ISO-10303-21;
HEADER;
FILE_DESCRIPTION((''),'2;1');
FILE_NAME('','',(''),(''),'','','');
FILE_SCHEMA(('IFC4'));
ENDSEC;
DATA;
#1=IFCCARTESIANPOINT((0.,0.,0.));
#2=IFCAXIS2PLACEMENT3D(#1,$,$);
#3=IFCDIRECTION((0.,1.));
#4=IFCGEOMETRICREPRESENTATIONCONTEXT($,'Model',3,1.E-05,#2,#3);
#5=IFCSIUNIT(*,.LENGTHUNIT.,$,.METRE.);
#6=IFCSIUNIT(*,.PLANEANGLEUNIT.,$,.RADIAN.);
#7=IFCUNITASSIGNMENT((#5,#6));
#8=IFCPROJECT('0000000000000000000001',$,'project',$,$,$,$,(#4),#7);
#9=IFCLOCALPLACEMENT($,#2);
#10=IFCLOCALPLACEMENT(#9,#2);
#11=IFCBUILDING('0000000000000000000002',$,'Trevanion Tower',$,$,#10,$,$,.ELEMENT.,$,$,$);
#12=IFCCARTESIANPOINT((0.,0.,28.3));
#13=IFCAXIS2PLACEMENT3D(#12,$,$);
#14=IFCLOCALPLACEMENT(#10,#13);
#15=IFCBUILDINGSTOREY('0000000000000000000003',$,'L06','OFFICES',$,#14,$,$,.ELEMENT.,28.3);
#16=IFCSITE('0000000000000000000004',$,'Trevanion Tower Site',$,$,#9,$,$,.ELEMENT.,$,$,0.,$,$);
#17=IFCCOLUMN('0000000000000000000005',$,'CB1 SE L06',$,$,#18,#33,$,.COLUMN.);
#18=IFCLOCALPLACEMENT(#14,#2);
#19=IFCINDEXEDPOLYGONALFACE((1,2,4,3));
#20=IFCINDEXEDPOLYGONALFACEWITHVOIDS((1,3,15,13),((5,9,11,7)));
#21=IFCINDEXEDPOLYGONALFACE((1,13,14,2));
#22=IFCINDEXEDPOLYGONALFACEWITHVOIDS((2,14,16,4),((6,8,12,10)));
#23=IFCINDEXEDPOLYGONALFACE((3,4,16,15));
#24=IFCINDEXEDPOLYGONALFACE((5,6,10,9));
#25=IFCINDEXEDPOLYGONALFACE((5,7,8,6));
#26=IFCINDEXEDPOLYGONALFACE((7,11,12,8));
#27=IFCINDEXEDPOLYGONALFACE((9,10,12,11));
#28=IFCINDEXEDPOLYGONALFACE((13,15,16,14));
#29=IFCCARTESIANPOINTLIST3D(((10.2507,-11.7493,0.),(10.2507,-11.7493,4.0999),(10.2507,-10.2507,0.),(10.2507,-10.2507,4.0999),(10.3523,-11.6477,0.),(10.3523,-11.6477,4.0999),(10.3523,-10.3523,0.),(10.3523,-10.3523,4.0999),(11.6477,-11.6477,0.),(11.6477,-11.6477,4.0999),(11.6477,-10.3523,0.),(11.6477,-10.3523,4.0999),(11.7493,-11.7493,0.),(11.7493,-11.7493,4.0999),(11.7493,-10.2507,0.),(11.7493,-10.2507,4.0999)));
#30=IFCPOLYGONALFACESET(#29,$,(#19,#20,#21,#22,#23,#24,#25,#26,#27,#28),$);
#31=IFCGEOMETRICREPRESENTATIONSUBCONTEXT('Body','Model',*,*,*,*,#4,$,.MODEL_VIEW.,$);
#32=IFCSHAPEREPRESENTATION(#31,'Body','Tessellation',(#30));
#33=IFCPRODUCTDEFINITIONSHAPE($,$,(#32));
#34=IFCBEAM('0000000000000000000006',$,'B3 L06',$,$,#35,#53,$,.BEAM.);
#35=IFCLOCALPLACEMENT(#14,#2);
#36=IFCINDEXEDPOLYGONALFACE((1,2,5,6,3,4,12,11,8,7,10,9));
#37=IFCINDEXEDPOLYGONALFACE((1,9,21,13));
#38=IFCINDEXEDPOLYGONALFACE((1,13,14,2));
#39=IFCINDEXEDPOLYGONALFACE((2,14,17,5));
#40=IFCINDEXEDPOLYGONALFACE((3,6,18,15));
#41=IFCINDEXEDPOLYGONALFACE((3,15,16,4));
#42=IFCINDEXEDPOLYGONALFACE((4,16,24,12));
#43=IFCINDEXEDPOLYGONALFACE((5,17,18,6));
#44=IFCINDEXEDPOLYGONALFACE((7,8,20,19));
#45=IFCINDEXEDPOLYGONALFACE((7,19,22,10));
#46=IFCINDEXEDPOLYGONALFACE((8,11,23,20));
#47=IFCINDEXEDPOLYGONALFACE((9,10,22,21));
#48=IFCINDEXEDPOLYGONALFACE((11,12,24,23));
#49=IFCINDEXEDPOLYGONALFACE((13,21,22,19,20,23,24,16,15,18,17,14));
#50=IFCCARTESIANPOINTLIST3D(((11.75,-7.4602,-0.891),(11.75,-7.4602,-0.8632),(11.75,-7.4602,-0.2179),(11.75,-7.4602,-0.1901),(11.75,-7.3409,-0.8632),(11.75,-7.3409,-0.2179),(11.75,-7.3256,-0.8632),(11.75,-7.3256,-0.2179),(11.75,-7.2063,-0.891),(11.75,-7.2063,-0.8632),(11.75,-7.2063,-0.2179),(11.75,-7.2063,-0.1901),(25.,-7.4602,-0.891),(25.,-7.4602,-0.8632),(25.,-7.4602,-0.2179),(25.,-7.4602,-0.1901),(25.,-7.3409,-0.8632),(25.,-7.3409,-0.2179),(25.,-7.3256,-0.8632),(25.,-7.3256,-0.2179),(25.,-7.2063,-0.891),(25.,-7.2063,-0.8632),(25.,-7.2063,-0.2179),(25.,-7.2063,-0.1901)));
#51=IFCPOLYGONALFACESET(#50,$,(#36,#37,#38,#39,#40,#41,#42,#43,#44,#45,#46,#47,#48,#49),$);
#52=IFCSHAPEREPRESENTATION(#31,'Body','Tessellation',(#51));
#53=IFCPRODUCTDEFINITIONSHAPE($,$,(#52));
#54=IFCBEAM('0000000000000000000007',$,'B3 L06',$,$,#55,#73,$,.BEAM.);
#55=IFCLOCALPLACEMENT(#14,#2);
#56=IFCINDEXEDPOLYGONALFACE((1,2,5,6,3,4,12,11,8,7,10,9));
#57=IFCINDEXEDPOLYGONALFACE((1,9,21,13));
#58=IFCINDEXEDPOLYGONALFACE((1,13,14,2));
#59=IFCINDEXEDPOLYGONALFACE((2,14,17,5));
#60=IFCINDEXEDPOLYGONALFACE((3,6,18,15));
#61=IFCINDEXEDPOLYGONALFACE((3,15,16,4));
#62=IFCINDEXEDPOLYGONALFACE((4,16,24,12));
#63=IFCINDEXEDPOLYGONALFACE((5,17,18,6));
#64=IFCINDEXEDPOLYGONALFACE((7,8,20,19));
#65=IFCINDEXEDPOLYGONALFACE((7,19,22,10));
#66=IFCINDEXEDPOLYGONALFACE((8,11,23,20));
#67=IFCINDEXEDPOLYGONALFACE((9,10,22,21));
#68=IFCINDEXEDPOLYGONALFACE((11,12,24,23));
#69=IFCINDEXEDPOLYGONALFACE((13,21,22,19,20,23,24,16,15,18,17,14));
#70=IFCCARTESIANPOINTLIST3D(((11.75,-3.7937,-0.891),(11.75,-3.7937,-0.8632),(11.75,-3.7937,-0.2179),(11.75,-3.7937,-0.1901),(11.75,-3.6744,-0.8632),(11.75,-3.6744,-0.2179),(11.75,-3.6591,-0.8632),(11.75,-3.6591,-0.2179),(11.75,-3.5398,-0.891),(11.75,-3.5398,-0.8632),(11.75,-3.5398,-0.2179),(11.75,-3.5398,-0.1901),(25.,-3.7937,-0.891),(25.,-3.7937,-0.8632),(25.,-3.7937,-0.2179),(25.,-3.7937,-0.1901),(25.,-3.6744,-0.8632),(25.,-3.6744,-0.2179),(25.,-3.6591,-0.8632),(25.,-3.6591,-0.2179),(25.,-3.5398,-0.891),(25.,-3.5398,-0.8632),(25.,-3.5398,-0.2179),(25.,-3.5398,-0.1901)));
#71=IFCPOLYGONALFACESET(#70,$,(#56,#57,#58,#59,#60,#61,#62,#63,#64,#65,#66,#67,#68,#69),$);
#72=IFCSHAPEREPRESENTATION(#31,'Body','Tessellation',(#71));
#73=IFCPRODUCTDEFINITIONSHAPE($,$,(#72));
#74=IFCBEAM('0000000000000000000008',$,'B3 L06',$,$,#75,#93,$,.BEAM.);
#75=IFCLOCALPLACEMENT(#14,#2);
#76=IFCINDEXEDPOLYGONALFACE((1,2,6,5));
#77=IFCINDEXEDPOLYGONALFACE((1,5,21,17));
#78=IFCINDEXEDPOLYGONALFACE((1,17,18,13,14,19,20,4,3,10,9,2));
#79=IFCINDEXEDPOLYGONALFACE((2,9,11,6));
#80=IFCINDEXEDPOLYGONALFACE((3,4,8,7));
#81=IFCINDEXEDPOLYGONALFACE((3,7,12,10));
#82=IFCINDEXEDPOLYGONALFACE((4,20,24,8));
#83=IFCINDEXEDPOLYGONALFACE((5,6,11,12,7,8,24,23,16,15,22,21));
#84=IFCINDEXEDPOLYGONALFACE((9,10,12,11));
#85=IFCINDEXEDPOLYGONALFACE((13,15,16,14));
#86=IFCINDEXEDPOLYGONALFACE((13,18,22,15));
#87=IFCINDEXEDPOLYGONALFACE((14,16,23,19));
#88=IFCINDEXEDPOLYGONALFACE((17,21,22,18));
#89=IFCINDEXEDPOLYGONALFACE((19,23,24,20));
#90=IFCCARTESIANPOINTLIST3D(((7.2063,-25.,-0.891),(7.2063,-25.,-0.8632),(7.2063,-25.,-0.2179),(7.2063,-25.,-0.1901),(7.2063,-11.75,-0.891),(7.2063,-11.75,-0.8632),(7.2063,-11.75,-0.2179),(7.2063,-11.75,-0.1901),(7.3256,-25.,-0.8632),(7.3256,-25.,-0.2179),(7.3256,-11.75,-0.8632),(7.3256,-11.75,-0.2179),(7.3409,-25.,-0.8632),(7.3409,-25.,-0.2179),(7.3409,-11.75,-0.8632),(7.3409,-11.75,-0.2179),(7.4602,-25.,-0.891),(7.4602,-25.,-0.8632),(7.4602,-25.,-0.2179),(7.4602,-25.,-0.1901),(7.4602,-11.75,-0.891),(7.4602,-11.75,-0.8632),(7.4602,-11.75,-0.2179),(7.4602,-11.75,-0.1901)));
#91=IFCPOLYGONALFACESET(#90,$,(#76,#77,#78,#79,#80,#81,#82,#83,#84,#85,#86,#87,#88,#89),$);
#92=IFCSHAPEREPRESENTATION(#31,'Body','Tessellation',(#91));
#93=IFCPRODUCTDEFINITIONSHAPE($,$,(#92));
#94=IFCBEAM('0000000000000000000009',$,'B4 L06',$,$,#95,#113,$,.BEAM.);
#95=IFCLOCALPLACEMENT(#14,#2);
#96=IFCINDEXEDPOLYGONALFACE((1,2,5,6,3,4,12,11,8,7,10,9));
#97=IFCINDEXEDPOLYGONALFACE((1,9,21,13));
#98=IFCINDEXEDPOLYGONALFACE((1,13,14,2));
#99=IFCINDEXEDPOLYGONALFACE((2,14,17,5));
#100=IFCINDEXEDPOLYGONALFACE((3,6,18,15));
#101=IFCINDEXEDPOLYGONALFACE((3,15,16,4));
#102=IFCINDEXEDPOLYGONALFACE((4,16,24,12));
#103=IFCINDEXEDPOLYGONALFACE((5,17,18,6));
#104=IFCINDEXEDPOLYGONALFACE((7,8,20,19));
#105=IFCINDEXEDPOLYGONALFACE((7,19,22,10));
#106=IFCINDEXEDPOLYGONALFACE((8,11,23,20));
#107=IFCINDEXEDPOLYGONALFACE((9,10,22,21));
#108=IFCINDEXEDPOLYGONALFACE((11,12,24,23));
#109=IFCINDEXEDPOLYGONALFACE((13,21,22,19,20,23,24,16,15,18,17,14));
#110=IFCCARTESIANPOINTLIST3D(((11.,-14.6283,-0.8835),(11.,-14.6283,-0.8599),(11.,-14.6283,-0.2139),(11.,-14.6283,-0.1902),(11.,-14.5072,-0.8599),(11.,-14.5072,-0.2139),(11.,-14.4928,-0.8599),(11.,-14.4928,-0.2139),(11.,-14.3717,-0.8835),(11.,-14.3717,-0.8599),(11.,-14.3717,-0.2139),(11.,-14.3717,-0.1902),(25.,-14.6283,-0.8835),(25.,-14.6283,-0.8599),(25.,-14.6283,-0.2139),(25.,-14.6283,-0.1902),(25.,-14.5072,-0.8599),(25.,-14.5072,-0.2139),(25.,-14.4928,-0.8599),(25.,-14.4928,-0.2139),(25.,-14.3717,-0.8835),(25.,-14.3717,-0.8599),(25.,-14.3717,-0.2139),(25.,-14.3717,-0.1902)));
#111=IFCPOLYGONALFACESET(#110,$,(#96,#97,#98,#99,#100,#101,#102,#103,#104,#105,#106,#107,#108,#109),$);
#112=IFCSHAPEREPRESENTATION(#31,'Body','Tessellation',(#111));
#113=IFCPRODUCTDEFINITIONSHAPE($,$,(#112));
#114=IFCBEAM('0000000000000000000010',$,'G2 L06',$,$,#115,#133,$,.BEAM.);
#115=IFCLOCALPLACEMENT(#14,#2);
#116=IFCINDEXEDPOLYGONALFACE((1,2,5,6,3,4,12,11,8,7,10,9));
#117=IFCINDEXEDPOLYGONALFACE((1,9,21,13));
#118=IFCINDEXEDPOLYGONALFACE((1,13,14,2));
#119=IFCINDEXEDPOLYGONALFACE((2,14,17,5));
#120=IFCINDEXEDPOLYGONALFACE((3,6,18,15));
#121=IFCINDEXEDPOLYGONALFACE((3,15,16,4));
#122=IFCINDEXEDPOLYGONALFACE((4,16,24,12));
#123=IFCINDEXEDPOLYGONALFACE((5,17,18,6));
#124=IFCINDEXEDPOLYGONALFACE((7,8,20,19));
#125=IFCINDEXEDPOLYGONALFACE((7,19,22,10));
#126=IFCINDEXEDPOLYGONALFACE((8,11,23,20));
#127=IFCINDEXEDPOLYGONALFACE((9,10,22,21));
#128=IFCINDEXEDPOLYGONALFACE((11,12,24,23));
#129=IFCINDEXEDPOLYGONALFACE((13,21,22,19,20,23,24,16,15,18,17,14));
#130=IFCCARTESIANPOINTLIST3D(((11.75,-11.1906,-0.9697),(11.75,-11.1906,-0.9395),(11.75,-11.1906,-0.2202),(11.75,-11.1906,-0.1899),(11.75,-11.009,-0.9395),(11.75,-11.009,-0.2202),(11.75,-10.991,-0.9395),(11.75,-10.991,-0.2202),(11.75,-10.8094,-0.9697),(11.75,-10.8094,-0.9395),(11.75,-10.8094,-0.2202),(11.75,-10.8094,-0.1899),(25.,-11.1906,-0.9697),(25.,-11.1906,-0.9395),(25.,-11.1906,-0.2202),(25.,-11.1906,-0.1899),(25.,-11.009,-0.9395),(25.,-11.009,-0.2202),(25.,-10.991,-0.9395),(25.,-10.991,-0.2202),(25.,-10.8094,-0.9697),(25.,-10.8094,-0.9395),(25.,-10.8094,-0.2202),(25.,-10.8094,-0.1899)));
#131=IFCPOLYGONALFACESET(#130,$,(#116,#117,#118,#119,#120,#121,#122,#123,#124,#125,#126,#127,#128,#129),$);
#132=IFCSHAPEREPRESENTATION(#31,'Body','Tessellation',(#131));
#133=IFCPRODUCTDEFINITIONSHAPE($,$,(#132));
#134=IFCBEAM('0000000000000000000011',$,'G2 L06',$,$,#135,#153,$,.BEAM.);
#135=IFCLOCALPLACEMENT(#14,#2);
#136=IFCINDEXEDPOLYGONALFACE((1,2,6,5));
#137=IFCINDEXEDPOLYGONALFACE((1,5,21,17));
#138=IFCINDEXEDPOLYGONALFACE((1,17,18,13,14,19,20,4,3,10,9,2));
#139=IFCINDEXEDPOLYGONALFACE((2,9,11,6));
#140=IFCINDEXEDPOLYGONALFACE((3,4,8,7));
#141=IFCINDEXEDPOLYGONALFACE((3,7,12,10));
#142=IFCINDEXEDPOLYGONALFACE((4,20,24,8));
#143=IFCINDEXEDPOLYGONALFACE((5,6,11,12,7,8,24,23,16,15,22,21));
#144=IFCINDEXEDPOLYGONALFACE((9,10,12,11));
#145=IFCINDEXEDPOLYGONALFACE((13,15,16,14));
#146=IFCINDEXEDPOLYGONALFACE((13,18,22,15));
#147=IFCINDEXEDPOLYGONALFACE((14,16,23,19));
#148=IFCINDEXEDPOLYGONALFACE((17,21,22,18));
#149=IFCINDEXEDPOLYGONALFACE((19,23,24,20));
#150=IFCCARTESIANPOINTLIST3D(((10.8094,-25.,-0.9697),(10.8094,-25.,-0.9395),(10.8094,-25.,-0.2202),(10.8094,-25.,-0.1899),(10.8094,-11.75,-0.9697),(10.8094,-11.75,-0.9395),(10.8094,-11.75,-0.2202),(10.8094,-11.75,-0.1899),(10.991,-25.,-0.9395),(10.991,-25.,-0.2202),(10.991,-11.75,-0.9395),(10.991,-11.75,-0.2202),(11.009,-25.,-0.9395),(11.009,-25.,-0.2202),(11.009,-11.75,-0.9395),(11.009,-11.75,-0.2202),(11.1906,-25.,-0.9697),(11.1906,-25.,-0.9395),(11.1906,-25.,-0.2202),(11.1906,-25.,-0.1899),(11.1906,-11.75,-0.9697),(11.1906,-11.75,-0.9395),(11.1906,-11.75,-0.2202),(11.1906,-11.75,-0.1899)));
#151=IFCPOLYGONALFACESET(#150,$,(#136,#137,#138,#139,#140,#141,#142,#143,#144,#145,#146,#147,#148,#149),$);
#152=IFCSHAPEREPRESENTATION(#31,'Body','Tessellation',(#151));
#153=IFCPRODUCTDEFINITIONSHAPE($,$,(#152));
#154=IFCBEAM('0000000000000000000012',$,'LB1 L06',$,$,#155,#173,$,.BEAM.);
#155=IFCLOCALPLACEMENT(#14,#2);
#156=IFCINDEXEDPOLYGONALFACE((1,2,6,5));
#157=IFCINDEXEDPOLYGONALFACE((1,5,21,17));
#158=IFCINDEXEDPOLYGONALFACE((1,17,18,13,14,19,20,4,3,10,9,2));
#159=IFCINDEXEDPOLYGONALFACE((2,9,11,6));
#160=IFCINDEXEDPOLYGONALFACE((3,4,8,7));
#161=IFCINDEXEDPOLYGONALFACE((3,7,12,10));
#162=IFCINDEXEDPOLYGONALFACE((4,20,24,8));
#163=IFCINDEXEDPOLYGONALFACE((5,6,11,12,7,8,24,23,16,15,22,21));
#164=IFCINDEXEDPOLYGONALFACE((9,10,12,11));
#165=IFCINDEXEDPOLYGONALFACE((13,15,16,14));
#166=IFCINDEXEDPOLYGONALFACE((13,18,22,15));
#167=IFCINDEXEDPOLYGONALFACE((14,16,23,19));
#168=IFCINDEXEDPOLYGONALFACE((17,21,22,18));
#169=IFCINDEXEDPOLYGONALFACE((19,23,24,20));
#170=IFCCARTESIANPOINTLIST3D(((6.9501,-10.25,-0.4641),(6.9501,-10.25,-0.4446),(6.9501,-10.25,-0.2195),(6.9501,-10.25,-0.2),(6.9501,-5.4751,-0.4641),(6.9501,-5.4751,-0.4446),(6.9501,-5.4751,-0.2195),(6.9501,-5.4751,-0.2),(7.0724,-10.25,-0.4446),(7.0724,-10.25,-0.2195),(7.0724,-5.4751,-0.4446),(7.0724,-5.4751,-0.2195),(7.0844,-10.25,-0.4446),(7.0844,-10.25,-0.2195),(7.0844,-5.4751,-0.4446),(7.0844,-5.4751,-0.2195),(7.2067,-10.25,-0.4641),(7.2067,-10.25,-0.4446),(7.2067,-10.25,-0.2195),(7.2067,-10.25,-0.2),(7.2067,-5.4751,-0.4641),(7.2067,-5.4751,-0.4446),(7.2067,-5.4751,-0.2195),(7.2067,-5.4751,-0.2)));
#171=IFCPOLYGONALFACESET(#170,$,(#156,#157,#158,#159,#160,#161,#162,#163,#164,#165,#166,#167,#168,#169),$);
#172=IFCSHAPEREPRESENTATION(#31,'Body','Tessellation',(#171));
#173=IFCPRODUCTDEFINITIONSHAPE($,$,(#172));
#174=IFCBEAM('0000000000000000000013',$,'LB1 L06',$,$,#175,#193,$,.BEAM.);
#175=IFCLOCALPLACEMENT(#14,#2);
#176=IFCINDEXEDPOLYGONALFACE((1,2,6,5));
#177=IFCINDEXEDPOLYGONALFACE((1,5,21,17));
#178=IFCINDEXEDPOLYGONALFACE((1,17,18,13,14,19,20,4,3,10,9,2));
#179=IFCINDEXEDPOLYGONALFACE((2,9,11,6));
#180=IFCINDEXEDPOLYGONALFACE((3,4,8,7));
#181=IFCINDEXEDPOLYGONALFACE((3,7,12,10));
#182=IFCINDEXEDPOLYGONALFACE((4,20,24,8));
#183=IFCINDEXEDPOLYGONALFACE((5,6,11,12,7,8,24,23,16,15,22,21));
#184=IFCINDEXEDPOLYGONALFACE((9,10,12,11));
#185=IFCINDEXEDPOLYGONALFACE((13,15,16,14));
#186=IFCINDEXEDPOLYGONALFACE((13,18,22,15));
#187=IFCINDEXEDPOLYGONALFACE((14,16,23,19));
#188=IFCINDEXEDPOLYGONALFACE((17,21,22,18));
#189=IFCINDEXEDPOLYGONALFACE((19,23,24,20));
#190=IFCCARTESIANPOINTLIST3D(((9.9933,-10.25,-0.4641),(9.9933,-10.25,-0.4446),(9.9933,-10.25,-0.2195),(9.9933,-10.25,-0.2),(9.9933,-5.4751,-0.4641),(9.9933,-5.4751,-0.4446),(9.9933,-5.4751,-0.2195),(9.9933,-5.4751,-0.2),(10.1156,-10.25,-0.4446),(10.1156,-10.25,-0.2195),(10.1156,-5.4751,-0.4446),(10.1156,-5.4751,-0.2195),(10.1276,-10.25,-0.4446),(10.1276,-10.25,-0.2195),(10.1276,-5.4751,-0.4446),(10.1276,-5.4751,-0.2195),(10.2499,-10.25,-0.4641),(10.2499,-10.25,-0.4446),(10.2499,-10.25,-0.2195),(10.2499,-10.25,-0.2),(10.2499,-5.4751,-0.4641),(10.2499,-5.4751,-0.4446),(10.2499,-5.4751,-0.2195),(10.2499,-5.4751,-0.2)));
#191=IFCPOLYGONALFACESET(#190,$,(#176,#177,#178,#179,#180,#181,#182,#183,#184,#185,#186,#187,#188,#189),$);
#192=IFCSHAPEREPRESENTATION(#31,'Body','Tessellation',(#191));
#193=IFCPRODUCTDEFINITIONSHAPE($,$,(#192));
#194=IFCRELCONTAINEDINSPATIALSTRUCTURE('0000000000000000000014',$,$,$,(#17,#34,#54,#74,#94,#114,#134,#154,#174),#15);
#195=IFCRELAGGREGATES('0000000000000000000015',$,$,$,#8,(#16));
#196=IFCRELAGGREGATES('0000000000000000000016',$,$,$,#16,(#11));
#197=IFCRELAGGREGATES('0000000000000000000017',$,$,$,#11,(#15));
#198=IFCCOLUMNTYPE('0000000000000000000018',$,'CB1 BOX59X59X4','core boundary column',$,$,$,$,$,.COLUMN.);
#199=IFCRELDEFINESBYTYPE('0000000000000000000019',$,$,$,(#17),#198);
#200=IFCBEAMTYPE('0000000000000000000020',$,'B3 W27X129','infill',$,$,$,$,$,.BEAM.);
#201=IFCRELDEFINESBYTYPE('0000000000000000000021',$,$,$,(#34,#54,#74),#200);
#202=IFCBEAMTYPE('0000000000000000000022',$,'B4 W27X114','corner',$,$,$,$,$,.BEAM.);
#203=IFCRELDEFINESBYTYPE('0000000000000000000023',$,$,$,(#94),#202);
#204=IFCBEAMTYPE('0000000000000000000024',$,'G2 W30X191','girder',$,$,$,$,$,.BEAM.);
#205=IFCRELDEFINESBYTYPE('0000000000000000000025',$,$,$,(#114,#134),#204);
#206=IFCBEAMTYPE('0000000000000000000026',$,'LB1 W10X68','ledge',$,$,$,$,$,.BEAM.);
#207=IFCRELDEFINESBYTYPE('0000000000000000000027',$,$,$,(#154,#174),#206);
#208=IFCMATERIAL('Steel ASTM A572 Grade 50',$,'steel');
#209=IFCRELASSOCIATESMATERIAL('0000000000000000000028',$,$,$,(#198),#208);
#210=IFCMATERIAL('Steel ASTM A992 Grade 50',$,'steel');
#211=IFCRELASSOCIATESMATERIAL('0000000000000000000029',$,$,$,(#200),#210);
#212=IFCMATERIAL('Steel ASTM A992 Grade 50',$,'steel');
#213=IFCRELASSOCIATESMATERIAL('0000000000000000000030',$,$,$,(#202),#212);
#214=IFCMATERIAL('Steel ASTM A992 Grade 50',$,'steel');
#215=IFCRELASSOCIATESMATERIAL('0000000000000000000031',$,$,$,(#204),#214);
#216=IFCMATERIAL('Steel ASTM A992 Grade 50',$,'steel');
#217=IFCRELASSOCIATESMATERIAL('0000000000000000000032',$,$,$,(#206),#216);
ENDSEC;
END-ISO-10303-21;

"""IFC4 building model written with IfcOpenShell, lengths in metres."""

from ifc_helpers import new_model, si_unit, direction, frame, origin, origin_2d, place, context, subcontext, project, spatial, hollow_rectangle, i_section, extrude, material, material_profile, profile_set, type_object, element, save


model = new_model("IFC4")

# Units and contexts
model_context = context("Model", 3, precision=1e-05, world=origin(), true_north=direction((0.0, 1.0)))
body_context = subcontext(model_context, "Body", "Model", "MODEL_VIEW")
ifc_project = project(units=[si_unit("LENGTHUNIT", "METRE"), si_unit("PLANEANGLEUNIT", "RADIAN")], contexts=[model_context])

# Site, building, storey
site_placement = place(None, origin())
site = spatial("IfcSite", under=ifc_project, at=site_placement, Name="Trevanion Tower Site", CompositionType="ELEMENT", RefElevation=0.0)
building_placement = place(site_placement, origin())
building = spatial("IfcBuilding", under=site, at=building_placement, Name="Trevanion Tower", CompositionType="ELEMENT")
storey_placement = place(building_placement, frame((0.0, 0.0, 28.3)))
storey = spatial("IfcBuildingStorey", under=building, at=storey_placement, Name="L06", Description="OFFICES", CompositionType="ELEMENT", Elevation=28.3)

# Column
ifc_material_1 = material(Name="Steel ASTM A572 Grade 50", Category="steel")
ifc_material_profile_1 = material_profile(ifc_material_1, hollow_rectangle(XDim=1.4985, YDim=1.4985, WallThickness=0.1016, at=origin_2d()), Name="BOX59X59X4")
ifc_profile_set_1 = profile_set([ifc_material_profile_1], Name="Steel ASTM A572 Grade 50")
column_type = type_object("IfcColumnType", Name="CB1 BOX59X59X4", Description="core boundary column", PredefinedType="COLUMN", material=ifc_profile_set_1)
column_placement = place(storey_placement, frame((11.0, -11.0, 0.0), z_axis=(0.0, 0.0, 1.0), x_axis=(1.0, 0.0, 0.0)))
element("IfcColumn", 1, at=column_placement, inside=storey, type_object=column_type, Name="CB1 SE L06", PredefinedType="COLUMN", context=body_context, shape_type="SweptSolid", body=[
    extrude(hollow_rectangle(XDim=1.4985, YDim=1.4985, WallThickness=0.1016, at=origin_2d()), origin(), (0.0, 0.0, 1.0), 4.0999),
])

# Beams
ifc_material_2 = material(Name="Steel ASTM A992 Grade 50", Category="steel")
ifc_material_profile_2 = material_profile(ifc_material_2, i_section(OverallWidth=0.2539, OverallDepth=0.7009, WebThickness=0.0154, FlangeThickness=0.0278, at=origin_2d()), Name="W27X129")
ifc_profile_set_2 = profile_set([ifc_material_profile_2], Name="Steel ASTM A992 Grade 50")
beam_type_1 = type_object("IfcBeamType", Name="B3 W27X129", Description="infill", PredefinedType="BEAM", material=ifc_profile_set_2)
for number, where, z_axis, x_axis, name in (
    (2, (11.75, -7.3333, -0.5405), (1.0, 0.0, 0.0), (0.0, 1.0, 0.0), "B3 L06"),
    (3, (11.75, -3.6667, -0.5405), (1.0, 0.0, 0.0), (0.0, 1.0, 0.0), "B3 L06"),
    (4, (7.3333, -11.75, -0.5405), (0.0, -1.0, 0.0), (1.0, 0.0, 0.0), "B3 L06"),
):
    element("IfcBeam", number, at=place(storey_placement, frame(where, z_axis=z_axis, x_axis=x_axis)), inside=storey, type_object=beam_type_1, Name=name, PredefinedType="BEAM", context=body_context, shape_type="SweptSolid", body=[
        extrude(i_section(OverallWidth=0.2539, OverallDepth=0.7009, WebThickness=0.0154, FlangeThickness=0.0278, at=origin_2d()), origin(), (0.0, 0.0, 1.0), 13.25),
    ])
ifc_material_3 = material(Name="Steel ASTM A992 Grade 50", Category="steel")
ifc_material_profile_3 = material_profile(ifc_material_3, i_section(OverallWidth=0.2566, OverallDepth=0.6934, WebThickness=0.0144, FlangeThickness=0.0237, at=origin_2d()), Name="W27X114")
ifc_profile_set_3 = profile_set([ifc_material_profile_3], Name="Steel ASTM A992 Grade 50")
beam_type_2 = type_object("IfcBeamType", Name="B4 W27X114", Description="corner", PredefinedType="BEAM", material=ifc_profile_set_3)
beam_1_placement = place(storey_placement, frame((11.0, -14.5, -0.5369), z_axis=(1.0, 0.0, 0.0), x_axis=(0.0, 1.0, 0.0)))
element("IfcBeam", 5, at=beam_1_placement, inside=storey, type_object=beam_type_2, Name="B4 L06", PredefinedType="BEAM", context=body_context, shape_type="SweptSolid", body=[
    extrude(i_section(OverallWidth=0.2566, OverallDepth=0.6934, WebThickness=0.0144, FlangeThickness=0.0237, at=origin_2d()), origin(), (0.0, 0.0, 1.0), 14.0),
])
ifc_material_4 = material(Name="Steel ASTM A992 Grade 50", Category="steel")
ifc_material_profile_4 = material_profile(ifc_material_4, i_section(OverallWidth=0.3811, OverallDepth=0.7798, WebThickness=0.0181, FlangeThickness=0.0303, at=origin_2d()), Name="W30X191")
ifc_profile_set_4 = profile_set([ifc_material_profile_4], Name="Steel ASTM A992 Grade 50")
beam_type_3 = type_object("IfcBeamType", Name="G2 W30X191", Description="girder", PredefinedType="BEAM", material=ifc_profile_set_4)
for number, where, z_axis, x_axis, name in (
    (6, (11.75, -11.0, -0.5798), (1.0, 0.0, 0.0), (0.0, 1.0, 0.0), "G2 L06"),
    (7, (11.0, -11.75, -0.5798), (0.0, -1.0, 0.0), (1.0, 0.0, 0.0), "G2 L06"),
):
    element("IfcBeam", number, at=place(storey_placement, frame(where, z_axis=z_axis, x_axis=x_axis)), inside=storey, type_object=beam_type_3, Name=name, PredefinedType="BEAM", context=body_context, shape_type="SweptSolid", body=[
        extrude(i_section(OverallWidth=0.3811, OverallDepth=0.7798, WebThickness=0.0181, FlangeThickness=0.0303, at=origin_2d()), origin(), (0.0, 0.0, 1.0), 13.25),
    ])
ifc_material_5 = material(Name="Steel ASTM A992 Grade 50", Category="steel")
ifc_material_profile_5 = material_profile(ifc_material_5, i_section(OverallWidth=0.2566, OverallDepth=0.2642, WebThickness=0.012, FlangeThickness=0.0195, at=origin_2d()), Name="W10X68")
ifc_profile_set_5 = profile_set([ifc_material_profile_5], Name="Steel ASTM A992 Grade 50")
beam_type_4 = type_object("IfcBeamType", Name="LB1 W10X68", Description="ledge", PredefinedType="BEAM", material=ifc_profile_set_5)
for number, where, z_axis, x_axis, name in (
    (8, (7.0784, -10.25, -0.332), (0.0, 1.0, 0.0), (-1.0, 0.0, 0.0), "LB1 L06"),
    (9, (10.1216, -10.25, -0.332), (0.0, 1.0, 0.0), (-1.0, 0.0, 0.0), "LB1 L06"),
):
    element("IfcBeam", number, at=place(storey_placement, frame(where, z_axis=z_axis, x_axis=x_axis)), inside=storey, type_object=beam_type_4, Name=name, PredefinedType="BEAM", context=body_context, shape_type="SweptSolid", body=[
        extrude(i_section(OverallWidth=0.2566, OverallDepth=0.2642, WebThickness=0.012, FlangeThickness=0.0195, at=origin_2d()), origin(), (0.0, 0.0, 1.0), 4.7749),
    ])

save(model, "model.ifc")
